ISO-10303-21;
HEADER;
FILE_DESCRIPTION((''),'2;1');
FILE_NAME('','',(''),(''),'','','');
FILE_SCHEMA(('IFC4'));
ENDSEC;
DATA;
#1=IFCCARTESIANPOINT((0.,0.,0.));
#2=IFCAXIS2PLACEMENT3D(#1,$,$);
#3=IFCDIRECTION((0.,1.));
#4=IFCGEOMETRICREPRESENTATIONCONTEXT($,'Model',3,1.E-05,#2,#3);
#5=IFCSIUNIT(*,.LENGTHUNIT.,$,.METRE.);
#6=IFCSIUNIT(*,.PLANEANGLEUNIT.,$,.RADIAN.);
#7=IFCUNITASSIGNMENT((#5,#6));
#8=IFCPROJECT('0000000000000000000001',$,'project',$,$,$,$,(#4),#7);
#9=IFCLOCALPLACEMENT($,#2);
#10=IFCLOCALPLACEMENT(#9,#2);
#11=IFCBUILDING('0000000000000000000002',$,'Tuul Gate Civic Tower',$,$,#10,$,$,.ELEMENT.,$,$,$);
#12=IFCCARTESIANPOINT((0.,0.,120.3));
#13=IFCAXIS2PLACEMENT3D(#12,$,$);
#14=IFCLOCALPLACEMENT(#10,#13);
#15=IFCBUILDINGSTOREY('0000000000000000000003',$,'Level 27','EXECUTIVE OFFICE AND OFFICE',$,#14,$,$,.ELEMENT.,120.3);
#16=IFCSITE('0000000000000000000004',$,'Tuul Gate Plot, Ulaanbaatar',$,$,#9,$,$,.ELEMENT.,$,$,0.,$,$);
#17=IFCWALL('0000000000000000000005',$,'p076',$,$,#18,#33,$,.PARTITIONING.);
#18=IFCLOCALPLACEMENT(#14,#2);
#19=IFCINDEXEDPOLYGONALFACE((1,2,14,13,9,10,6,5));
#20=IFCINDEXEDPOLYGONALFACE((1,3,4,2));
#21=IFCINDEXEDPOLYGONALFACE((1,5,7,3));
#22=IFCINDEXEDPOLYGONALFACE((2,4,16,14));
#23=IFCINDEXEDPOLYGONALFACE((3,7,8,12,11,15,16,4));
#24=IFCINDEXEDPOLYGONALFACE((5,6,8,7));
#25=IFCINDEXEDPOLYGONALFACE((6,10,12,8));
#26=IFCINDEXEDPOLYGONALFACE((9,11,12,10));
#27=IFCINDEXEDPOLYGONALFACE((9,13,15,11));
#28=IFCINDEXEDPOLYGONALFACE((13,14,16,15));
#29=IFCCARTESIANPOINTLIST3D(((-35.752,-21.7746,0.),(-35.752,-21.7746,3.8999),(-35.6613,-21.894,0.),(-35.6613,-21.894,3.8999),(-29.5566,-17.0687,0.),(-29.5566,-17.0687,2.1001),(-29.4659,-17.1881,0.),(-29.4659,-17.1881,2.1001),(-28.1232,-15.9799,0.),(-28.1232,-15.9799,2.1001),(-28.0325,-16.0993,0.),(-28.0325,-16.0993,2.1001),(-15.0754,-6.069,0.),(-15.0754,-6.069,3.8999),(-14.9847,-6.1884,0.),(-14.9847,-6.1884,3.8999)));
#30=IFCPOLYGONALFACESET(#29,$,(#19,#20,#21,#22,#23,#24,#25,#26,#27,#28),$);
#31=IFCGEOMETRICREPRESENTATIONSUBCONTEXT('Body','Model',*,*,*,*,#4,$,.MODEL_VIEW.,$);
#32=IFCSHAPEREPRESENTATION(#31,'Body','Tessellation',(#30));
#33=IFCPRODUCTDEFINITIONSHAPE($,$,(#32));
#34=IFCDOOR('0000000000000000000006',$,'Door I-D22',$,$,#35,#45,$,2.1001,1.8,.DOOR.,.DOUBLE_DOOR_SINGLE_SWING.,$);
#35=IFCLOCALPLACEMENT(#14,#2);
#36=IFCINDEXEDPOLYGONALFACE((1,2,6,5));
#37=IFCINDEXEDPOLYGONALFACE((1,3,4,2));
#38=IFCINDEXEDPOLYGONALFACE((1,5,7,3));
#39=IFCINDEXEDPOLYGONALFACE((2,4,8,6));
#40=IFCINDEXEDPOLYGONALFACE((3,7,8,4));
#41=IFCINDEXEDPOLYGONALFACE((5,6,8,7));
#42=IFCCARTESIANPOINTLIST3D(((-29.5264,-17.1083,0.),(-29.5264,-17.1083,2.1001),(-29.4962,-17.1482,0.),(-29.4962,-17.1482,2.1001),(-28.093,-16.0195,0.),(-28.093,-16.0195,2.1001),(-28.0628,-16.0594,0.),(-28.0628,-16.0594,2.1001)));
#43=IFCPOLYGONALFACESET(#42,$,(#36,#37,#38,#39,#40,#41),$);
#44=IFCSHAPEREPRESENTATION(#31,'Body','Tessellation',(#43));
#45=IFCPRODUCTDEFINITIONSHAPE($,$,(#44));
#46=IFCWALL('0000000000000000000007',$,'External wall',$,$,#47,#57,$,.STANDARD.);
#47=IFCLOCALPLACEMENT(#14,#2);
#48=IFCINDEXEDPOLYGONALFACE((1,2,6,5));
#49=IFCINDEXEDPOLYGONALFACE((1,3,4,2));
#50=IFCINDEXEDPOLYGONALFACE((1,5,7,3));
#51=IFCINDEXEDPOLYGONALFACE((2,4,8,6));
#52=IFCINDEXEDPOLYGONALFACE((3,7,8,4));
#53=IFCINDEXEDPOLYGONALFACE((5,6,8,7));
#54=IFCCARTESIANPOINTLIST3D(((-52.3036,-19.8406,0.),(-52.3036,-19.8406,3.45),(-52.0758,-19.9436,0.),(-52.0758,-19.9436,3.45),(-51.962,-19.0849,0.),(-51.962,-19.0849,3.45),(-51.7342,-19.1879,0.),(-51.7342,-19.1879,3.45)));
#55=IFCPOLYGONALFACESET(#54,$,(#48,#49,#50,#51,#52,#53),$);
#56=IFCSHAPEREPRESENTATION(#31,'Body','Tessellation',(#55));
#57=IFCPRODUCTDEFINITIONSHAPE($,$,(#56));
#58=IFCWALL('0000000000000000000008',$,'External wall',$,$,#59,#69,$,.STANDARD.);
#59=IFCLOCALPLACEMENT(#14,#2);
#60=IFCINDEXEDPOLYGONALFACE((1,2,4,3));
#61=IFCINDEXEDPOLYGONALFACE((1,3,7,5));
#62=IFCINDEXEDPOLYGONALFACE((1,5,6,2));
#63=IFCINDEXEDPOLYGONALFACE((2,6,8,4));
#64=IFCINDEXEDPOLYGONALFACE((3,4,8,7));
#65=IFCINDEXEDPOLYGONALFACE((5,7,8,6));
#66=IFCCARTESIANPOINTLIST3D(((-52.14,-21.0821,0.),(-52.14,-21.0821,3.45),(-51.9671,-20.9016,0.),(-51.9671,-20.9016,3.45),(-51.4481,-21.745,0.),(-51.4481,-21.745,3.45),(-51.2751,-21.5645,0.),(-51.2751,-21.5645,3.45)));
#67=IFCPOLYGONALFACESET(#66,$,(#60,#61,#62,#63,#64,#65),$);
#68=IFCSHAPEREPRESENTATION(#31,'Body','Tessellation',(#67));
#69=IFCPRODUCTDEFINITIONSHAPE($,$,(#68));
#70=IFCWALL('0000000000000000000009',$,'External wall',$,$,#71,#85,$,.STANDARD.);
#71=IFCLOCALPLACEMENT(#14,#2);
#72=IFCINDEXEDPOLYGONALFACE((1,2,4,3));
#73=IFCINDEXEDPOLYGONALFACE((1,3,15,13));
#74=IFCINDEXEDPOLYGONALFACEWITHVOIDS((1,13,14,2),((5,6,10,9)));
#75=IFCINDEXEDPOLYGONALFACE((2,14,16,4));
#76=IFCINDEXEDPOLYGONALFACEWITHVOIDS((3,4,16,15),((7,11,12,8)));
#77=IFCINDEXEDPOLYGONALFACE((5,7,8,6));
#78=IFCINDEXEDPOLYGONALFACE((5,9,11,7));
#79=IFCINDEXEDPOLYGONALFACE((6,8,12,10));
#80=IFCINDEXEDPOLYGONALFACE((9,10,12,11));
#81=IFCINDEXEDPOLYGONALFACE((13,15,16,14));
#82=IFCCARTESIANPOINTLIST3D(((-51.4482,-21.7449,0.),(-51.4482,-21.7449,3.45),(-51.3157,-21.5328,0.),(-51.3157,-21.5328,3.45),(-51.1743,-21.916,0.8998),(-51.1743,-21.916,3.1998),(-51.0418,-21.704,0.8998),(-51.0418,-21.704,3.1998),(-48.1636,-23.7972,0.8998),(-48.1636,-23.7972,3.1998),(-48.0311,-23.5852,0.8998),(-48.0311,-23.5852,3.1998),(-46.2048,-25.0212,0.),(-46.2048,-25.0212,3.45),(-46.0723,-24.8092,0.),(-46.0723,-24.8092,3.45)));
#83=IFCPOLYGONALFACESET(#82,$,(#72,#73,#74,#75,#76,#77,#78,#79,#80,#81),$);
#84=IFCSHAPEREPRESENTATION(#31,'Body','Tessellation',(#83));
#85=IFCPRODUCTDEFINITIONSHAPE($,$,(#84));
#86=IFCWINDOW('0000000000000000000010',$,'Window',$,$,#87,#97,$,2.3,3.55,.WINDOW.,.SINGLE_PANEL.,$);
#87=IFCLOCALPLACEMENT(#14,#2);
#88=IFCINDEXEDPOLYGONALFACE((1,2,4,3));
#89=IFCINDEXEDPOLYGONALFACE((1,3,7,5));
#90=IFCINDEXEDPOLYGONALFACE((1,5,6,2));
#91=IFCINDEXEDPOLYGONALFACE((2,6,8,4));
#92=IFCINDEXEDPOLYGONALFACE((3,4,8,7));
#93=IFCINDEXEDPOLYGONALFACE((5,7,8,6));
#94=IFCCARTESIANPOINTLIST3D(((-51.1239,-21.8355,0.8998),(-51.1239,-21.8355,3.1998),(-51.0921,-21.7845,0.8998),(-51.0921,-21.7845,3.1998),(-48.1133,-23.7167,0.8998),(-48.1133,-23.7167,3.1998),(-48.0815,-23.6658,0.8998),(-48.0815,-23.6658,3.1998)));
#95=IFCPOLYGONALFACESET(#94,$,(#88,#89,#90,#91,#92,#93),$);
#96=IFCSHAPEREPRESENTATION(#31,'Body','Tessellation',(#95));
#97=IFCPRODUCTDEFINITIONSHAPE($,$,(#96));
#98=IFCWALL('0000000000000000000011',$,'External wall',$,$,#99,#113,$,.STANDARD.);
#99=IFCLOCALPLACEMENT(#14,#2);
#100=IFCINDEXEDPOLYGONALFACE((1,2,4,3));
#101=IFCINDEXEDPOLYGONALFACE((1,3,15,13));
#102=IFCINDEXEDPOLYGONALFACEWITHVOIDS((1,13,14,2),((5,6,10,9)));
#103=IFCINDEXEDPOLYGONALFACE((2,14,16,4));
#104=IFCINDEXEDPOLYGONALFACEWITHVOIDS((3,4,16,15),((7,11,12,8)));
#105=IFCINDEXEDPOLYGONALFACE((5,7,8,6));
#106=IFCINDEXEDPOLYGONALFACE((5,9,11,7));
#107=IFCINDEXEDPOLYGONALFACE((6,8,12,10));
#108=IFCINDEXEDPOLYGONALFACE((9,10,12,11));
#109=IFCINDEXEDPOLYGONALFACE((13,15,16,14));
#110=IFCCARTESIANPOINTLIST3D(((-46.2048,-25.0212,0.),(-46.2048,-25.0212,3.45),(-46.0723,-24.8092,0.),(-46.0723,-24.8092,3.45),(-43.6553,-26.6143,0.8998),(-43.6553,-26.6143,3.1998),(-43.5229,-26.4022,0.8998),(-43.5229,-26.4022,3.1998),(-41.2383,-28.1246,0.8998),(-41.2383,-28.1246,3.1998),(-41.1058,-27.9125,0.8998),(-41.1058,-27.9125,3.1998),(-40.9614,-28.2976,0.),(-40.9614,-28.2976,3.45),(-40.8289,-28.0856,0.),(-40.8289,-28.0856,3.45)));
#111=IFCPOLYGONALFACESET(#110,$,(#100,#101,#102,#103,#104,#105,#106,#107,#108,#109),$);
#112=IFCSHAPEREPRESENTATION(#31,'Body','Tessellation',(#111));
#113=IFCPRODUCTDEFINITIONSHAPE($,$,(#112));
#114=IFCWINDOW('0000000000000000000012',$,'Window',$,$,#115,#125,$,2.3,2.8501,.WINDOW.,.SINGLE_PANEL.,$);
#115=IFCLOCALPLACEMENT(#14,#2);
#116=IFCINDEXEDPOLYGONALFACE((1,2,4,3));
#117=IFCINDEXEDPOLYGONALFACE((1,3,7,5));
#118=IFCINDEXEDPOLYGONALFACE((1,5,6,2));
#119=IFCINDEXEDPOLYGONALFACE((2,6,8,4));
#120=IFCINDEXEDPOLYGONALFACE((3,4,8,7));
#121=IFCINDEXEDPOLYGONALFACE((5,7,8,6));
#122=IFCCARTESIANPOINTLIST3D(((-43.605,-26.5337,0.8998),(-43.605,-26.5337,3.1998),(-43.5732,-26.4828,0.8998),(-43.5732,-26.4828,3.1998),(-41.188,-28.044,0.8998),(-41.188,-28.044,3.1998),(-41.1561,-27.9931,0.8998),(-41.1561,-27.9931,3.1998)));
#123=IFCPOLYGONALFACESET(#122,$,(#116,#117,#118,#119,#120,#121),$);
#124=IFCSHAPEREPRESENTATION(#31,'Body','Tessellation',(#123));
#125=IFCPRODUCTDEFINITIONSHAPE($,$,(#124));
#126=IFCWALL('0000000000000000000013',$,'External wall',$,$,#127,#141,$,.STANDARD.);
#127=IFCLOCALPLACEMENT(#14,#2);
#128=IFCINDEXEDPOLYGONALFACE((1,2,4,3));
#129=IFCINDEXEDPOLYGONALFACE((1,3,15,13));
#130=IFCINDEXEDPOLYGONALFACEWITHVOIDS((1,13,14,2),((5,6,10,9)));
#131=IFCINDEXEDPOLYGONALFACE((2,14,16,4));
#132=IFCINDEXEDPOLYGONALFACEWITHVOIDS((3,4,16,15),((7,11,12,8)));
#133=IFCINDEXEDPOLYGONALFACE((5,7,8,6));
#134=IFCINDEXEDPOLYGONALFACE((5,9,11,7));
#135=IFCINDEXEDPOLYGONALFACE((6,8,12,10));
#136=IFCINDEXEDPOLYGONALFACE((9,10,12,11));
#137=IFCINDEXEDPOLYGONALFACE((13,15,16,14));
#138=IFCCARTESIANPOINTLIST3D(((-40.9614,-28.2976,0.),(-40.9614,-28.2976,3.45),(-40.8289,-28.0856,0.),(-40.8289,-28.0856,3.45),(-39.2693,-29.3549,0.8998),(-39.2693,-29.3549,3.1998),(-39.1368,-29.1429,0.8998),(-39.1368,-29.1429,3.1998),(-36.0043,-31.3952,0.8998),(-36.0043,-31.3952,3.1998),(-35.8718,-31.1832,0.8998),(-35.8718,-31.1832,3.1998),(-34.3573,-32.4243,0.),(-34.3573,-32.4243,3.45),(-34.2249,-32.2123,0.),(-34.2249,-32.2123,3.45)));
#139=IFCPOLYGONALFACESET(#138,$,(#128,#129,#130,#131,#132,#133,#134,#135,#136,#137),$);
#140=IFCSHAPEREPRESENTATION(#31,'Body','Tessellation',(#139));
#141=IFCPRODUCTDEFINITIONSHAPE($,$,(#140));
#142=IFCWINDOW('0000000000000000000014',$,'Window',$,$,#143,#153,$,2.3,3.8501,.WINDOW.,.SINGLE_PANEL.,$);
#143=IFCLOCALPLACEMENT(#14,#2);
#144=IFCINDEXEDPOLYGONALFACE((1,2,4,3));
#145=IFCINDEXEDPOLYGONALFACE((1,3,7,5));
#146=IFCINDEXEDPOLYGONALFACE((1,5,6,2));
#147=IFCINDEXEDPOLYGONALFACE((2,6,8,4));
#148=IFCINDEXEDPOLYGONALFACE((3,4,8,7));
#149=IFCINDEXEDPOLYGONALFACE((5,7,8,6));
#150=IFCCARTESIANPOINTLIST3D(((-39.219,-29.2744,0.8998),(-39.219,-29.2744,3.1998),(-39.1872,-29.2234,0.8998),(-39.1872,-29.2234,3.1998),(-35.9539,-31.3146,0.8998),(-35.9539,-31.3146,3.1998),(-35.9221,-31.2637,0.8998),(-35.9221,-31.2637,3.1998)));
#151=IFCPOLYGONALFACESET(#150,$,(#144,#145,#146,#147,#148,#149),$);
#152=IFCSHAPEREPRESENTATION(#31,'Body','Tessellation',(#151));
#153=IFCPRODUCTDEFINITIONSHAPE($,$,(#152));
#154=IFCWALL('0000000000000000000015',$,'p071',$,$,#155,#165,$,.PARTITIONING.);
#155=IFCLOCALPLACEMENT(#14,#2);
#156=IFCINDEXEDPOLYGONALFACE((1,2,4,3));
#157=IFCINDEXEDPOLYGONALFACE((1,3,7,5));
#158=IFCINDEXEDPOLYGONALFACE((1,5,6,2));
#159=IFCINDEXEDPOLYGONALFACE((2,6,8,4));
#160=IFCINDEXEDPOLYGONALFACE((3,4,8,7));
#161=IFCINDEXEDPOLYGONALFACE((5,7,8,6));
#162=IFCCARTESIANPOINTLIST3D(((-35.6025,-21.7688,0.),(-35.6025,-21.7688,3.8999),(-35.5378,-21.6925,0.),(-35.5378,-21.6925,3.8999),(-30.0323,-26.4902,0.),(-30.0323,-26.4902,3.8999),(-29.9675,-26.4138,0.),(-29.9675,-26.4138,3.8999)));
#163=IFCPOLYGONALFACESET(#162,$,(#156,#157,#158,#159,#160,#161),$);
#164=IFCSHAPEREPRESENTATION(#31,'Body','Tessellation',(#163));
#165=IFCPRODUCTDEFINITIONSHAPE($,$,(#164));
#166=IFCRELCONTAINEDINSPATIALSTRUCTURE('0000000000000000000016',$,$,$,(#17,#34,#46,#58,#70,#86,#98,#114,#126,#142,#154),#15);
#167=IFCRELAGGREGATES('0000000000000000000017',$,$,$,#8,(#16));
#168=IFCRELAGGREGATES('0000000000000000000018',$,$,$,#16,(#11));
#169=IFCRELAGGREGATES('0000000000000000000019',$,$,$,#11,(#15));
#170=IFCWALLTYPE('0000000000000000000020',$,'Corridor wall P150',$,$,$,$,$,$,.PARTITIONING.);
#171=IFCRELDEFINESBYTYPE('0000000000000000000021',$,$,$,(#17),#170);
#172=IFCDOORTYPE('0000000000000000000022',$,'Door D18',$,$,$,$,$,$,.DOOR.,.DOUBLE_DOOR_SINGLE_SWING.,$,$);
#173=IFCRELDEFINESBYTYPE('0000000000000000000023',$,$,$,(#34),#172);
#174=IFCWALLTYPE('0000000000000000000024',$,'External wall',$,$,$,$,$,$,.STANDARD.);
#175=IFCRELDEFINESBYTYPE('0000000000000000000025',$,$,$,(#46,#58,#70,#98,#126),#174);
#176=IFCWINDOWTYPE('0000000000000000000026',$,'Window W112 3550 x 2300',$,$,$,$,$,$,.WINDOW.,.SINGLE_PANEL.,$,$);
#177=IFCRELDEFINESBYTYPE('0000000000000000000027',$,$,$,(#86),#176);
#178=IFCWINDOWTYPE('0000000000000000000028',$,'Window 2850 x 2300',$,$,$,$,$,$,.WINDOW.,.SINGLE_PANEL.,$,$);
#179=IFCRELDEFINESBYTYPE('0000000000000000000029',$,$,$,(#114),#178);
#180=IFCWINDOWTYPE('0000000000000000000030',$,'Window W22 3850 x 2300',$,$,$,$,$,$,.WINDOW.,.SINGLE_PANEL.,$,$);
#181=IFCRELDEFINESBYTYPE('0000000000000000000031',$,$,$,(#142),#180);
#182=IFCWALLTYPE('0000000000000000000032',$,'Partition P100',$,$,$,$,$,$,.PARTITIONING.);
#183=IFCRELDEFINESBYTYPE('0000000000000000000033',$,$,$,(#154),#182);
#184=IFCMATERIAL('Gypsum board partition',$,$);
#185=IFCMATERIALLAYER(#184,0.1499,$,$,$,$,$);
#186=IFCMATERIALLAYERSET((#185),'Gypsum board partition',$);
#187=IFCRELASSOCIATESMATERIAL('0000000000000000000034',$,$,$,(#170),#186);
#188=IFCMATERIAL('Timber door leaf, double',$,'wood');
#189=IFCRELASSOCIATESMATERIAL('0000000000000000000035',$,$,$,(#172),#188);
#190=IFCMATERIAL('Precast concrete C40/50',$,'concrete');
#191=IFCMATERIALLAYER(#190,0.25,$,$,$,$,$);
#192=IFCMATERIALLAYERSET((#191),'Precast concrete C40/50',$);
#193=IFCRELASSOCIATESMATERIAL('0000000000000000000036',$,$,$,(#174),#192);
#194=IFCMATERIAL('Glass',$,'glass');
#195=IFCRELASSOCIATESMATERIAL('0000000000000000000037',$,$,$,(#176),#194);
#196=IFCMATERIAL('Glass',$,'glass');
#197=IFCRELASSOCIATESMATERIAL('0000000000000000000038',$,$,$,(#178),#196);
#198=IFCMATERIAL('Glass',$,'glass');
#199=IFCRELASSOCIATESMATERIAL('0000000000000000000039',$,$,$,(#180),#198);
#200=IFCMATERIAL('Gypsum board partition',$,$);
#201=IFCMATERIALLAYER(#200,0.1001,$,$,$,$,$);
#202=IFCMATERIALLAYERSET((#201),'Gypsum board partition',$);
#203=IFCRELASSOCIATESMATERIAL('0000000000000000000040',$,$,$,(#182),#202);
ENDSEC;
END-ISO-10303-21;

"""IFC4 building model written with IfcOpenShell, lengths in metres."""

from ifc_helpers import new_model, si_unit, direction, frame, frame_2d, origin, place, context, subcontext, project, spatial, rectangle, extrude, material, layer, layer_set, type_object, element, fill, save


model = new_model("IFC4")

# Units and contexts
model_context = context("Model", 3, precision=1e-05, world=origin(), true_north=direction((0.0, 1.0)))
body_context = subcontext(model_context, "Body", "Model", "MODEL_VIEW")
ifc_project = project(units=[si_unit("LENGTHUNIT", "METRE"), si_unit("PLANEANGLEUNIT", "RADIAN")], contexts=[model_context])

# Site, building, storey
site_placement = place(None, origin())
site = spatial("IfcSite", under=ifc_project, at=site_placement, Name="Tuul Gate Plot, Ulaanbaatar", CompositionType="ELEMENT", RefElevation=0.0)
building_placement = place(site_placement, origin())
building = spatial("IfcBuilding", under=site, at=building_placement, Name="Tuul Gate Civic Tower", CompositionType="ELEMENT")
storey_placement = place(building_placement, frame((0.0, 0.0, 120.3)))
storey = spatial("IfcBuildingStorey", under=building, at=storey_placement, Name="Level 27", Description="EXECUTIVE OFFICE AND OFFICE", CompositionType="ELEMENT", Elevation=120.3)

# Shared definitions
ifc_material_1 = material(Name="Gypsum board partition")
ifc_layer_1 = layer(ifc_material_1, 0.1499)
ifc_layer_set_1 = layer_set([ifc_layer_1], Name="Gypsum board partition")
wall_type_1 = type_object("IfcWallType", Name="Corridor wall P150", PredefinedType="PARTITIONING", material=ifc_layer_set_1)

# Wall, opening, door
wall_1_placement = place(storey_placement, frame((-35.7065, -21.8342, 0.0), z_axis=(0.0, 0.0, 1.0), x_axis=(0.796321, 0.604874, 0.0)))
wall_1 = element("IfcWall", 1, at=wall_1_placement, inside=storey, type_object=wall_type_1, Name="p076", PredefinedType="PARTITIONING", context=body_context, shape_type="SweptSolid", body=[
    extrude(rectangle(XDim=25.9651, YDim=0.1499, at=frame_2d((12.9824, 0.0))), origin(), (0.0, 0.0, 1.0), 3.8999),
])
opening_1_placement = place(wall_1_placement, frame((7.78, 0.0, 0.0)))
opening_1 = element("IfcOpeningElement", 2, at=opening_1_placement, cuts=wall_1, PredefinedType="OPENING", context=body_context, shape_type="SweptSolid", body=[
    extrude(rectangle(XDim=1.8, YDim=2.1001, at=frame_2d((0.8999, 1.05))), frame((0.0, 0.085, 0.0), z_axis=(0.0, -1.0, 0.0), x_axis=(1.0, 0.0, 0.0)), (0.0, 0.0, 1.0), 0.1699),
])
ifc_material_2 = material(Name="Timber door leaf, double", Category="wood")
door_type = type_object("IfcDoorType", Name="Door D18", OperationType="DOUBLE_DOOR_SINGLE_SWING", PredefinedType="DOOR", material=ifc_material_2)
door_placement = place(opening_1_placement, frame((1.8, 0.0, 0.0), z_axis=(0.0, 0.0, 1.0), x_axis=(-1.0, 0.0, 0.0)))
door = element("IfcDoor", 3, at=door_placement, inside=storey, type_object=door_type, Name="Door I-D22", OperationType="DOUBLE_DOOR_SINGLE_SWING", OverallHeight=2.1001, OverallWidth=1.8, PredefinedType="DOOR", context=body_context, shape_type="SweptSolid", body=[
    extrude(rectangle(XDim=1.8, YDim=2.1001, at=frame_2d((0.9001, 1.05))), frame((0.0, 0.0249, 0.0), z_axis=(0.0, -1.0, 0.0), x_axis=(1.0, 0.0, 0.0)), (0.0, 0.0, 1.0), 0.05),
])
fill(opening_1, door)

# Walls
ifc_material_3 = material(Name="Precast concrete C40/50", Category="concrete")
ifc_layer_2 = layer(ifc_material_3, 0.25)
ifc_layer_set_2 = layer_set([ifc_layer_2], Name="Precast concrete C40/50")
wall_type_2 = type_object("IfcWallType", Name="External wall", PredefinedType="STANDARD", material=ifc_layer_set_2)
wall_2_placement = place(storey_placement, frame((-51.8481, -19.1365, 0.0), z_axis=(0.0, 0.0, 1.0), x_axis=(-0.411894, -0.911232, 0.0)))
element("IfcWall", 4, at=wall_2_placement, inside=storey, type_object=wall_type_2, Name="External wall", PredefinedType="STANDARD", context=body_context, shape_type="SweptSolid", body=[
    extrude(rectangle(XDim=0.8293, YDim=0.25, at=frame_2d((0.4146, 0.0))), origin(), (0.0, 0.0, 1.0), 3.45),
])
wall_3_placement = place(storey_placement, frame((-52.0535, -20.9919, 0.0), z_axis=(0.0, 0.0, 1.0), x_axis=(0.722105, -0.691784, 0.0)))
element("IfcWall", 5, at=wall_3_placement, inside=storey, type_object=wall_type_2, Name="External wall", PredefinedType="STANDARD", context=body_context, shape_type="SweptSolid", body=[
    extrude(rectangle(XDim=0.9583, YDim=0.25, at=frame_2d((0.479, 0.0))), origin(), (0.0, 0.0, 1.0), 3.45),
])

# Walls, openings, windows
wall_4_placement = place(storey_placement, frame((-51.3818, -21.6389, 0.0), z_axis=(0.0, 0.0, 1.0), x_axis=(0.848054, -0.52991, 0.0)))
wall_4 = element("IfcWall", 6, at=wall_4_placement, inside=storey, type_object=wall_type_2, Name="External wall", PredefinedType="STANDARD", context=body_context, shape_type="SweptSolid", body=[
    extrude(rectangle(XDim=6.1829, YDim=0.25, at=frame_2d((3.0913, 0.0))), origin(), (0.0, 0.0, 1.0), 3.45),
])
opening_2_placement = place(wall_4_placement, frame((0.323, 0.0, 0.8999)))
opening_2 = element("IfcOpeningElement", 7, at=opening_2_placement, cuts=wall_4, PredefinedType="OPENING", context=body_context, shape_type="SweptSolid", body=[
    extrude(rectangle(XDim=3.55, YDim=2.3, at=frame_2d((1.7749, 1.1499))), frame((0.0, 0.135, 0.0), z_axis=(0.0, -1.0, 0.0), x_axis=(1.0, 0.0, 0.0)), (0.0, 0.0, 1.0), 0.27),
])
ifc_material_4 = material(Name="Glass", Category="glass")
window_type_1 = type_object("IfcWindowType", Name="Window W112 3550 x 2300", PartitioningType="SINGLE_PANEL", PredefinedType="WINDOW", material=ifc_material_4)
window_1_placement = place(opening_2_placement, origin())
window_1 = element("IfcWindow", 8, at=window_1_placement, inside=storey, type_object=window_type_1, Name="Window", OverallHeight=2.3, OverallWidth=3.55, PartitioningType="SINGLE_PANEL", PredefinedType="WINDOW", context=body_context, shape_type="SweptSolid", body=[
    extrude(rectangle(XDim=3.55, YDim=2.3, at=frame_2d((1.7749, 1.1499))), frame((0.0, 0.03, 0.0), z_axis=(0.0, -1.0, 0.0), x_axis=(1.0, 0.0, 0.0)), (0.0, 0.0, 1.0), 0.0601),
])
fill(opening_2, window_1)
wall_5_placement = place(storey_placement, frame((-46.1384, -24.9153, 0.0), z_axis=(0.0, 0.0, 1.0), x_axis=(0.848054, -0.52991, 0.0)))
wall_5 = element("IfcWall", 9, at=wall_5_placement, inside=storey, type_object=wall_type_2, Name="External wall", PredefinedType="STANDARD", context=body_context, shape_type="SweptSolid", body=[
    extrude(rectangle(XDim=6.1829, YDim=0.25, at=frame_2d((3.0913, 0.0))), origin(), (0.0, 0.0, 1.0), 3.45),
])
opening_3_placement = place(wall_5_placement, frame((3.0061, 0.0, 0.8999)))
opening_3 = element("IfcOpeningElement", 10, at=opening_3_placement, cuts=wall_5, PredefinedType="OPENING", context=body_context, shape_type="SweptSolid", body=[
    extrude(rectangle(XDim=2.8501, YDim=2.3, at=frame_2d((1.425, 1.1499))), frame((0.0, 0.135, 0.0), z_axis=(0.0, -1.0, 0.0), x_axis=(1.0, 0.0, 0.0)), (0.0, 0.0, 1.0), 0.27),
])
ifc_material_5 = material(Name="Glass", Category="glass")
window_type_2 = type_object("IfcWindowType", Name="Window 2850 x 2300", PartitioningType="SINGLE_PANEL", PredefinedType="WINDOW", material=ifc_material_5)
window_2_placement = place(opening_3_placement, origin())
window_2 = element("IfcWindow", 11, at=window_2_placement, inside=storey, type_object=window_type_2, Name="Window", OverallHeight=2.3, OverallWidth=2.8501, PartitioningType="SINGLE_PANEL", PredefinedType="WINDOW", context=body_context, shape_type="SweptSolid", body=[
    extrude(rectangle(XDim=2.8501, YDim=2.3, at=frame_2d((1.425, 1.1499))), frame((0.0, 0.03, 0.0), z_axis=(0.0, -1.0, 0.0), x_axis=(1.0, 0.0, 0.0)), (0.0, 0.0, 1.0), 0.0601),
])
fill(opening_3, window_2)
wall_6_placement = place(storey_placement, frame((-40.895, -28.1917, 0.0), z_axis=(0.0, 0.0, 1.0), x_axis=(0.848044, -0.529926, 0.0)))
wall_6 = element("IfcWall", 12, at=wall_6_placement, inside=storey, type_object=wall_type_2, Name="External wall", PredefinedType="STANDARD", context=body_context, shape_type="SweptSolid", body=[
    extrude(rectangle(XDim=7.7874, YDim=0.25, at=frame_2d((3.8936, 0.0))), origin(), (0.0, 0.0, 1.0), 3.45),
])
opening_4_placement = place(wall_6_placement, frame((1.9951, 0.0, 0.8999)))
opening_4 = element("IfcOpeningElement", 13, at=opening_4_placement, cuts=wall_6, PredefinedType="OPENING", context=body_context, shape_type="SweptSolid", body=[
    extrude(rectangle(XDim=3.8501, YDim=2.3, at=frame_2d((1.925, 1.1499))), frame((0.0, 0.135, 0.0), z_axis=(0.0, -1.0, 0.0), x_axis=(1.0, 0.0, 0.0)), (0.0, 0.0, 1.0), 0.27),
])
ifc_material_6 = material(Name="Glass", Category="glass")
window_type_3 = type_object("IfcWindowType", Name="Window W22 3850 x 2300", PartitioningType="SINGLE_PANEL", PredefinedType="WINDOW", material=ifc_material_6)
window_3_placement = place(opening_4_placement, origin())
window_3 = element("IfcWindow", 14, at=window_3_placement, inside=storey, type_object=window_type_3, Name="Window", OverallHeight=2.3, OverallWidth=3.8501, PartitioningType="SINGLE_PANEL", PredefinedType="WINDOW", context=body_context, shape_type="SweptSolid", body=[
    extrude(rectangle(XDim=3.8501, YDim=2.3, at=frame_2d((1.925, 1.1499))), frame((0.0, 0.03, 0.0), z_axis=(0.0, -1.0, 0.0), x_axis=(1.0, 0.0, 0.0)), (0.0, 0.0, 1.0), 0.0601),
])
fill(opening_4, window_3)

# Wall
ifc_material_7 = material(Name="Gypsum board partition")
ifc_layer_3 = layer(ifc_material_7, 0.1001)
ifc_layer_set_3 = layer_set([ifc_layer_3], Name="Gypsum board partition")
wall_type_3 = type_object("IfcWallType", Name="Partition P100", PredefinedType="PARTITIONING", material=ifc_layer_set_3)
wall_7_placement = place(storey_placement, frame((-35.5701, -21.7307, 0.0), z_axis=(0.0, 0.0, 1.0), x_axis=(0.762839, -0.646588, 0.0)))
element("IfcWall", 15, at=wall_7_placement, inside=storey, type_object=wall_type_3, Name="p071", PredefinedType="PARTITIONING", context=body_context, shape_type="SweptSolid", body=[
    extrude(rectangle(XDim=7.302, YDim=0.1001, at=frame_2d((3.6509, 0.0))), origin(), (0.0, 0.0, 1.0), 3.8999),
])

save(model, "model.ifc")
